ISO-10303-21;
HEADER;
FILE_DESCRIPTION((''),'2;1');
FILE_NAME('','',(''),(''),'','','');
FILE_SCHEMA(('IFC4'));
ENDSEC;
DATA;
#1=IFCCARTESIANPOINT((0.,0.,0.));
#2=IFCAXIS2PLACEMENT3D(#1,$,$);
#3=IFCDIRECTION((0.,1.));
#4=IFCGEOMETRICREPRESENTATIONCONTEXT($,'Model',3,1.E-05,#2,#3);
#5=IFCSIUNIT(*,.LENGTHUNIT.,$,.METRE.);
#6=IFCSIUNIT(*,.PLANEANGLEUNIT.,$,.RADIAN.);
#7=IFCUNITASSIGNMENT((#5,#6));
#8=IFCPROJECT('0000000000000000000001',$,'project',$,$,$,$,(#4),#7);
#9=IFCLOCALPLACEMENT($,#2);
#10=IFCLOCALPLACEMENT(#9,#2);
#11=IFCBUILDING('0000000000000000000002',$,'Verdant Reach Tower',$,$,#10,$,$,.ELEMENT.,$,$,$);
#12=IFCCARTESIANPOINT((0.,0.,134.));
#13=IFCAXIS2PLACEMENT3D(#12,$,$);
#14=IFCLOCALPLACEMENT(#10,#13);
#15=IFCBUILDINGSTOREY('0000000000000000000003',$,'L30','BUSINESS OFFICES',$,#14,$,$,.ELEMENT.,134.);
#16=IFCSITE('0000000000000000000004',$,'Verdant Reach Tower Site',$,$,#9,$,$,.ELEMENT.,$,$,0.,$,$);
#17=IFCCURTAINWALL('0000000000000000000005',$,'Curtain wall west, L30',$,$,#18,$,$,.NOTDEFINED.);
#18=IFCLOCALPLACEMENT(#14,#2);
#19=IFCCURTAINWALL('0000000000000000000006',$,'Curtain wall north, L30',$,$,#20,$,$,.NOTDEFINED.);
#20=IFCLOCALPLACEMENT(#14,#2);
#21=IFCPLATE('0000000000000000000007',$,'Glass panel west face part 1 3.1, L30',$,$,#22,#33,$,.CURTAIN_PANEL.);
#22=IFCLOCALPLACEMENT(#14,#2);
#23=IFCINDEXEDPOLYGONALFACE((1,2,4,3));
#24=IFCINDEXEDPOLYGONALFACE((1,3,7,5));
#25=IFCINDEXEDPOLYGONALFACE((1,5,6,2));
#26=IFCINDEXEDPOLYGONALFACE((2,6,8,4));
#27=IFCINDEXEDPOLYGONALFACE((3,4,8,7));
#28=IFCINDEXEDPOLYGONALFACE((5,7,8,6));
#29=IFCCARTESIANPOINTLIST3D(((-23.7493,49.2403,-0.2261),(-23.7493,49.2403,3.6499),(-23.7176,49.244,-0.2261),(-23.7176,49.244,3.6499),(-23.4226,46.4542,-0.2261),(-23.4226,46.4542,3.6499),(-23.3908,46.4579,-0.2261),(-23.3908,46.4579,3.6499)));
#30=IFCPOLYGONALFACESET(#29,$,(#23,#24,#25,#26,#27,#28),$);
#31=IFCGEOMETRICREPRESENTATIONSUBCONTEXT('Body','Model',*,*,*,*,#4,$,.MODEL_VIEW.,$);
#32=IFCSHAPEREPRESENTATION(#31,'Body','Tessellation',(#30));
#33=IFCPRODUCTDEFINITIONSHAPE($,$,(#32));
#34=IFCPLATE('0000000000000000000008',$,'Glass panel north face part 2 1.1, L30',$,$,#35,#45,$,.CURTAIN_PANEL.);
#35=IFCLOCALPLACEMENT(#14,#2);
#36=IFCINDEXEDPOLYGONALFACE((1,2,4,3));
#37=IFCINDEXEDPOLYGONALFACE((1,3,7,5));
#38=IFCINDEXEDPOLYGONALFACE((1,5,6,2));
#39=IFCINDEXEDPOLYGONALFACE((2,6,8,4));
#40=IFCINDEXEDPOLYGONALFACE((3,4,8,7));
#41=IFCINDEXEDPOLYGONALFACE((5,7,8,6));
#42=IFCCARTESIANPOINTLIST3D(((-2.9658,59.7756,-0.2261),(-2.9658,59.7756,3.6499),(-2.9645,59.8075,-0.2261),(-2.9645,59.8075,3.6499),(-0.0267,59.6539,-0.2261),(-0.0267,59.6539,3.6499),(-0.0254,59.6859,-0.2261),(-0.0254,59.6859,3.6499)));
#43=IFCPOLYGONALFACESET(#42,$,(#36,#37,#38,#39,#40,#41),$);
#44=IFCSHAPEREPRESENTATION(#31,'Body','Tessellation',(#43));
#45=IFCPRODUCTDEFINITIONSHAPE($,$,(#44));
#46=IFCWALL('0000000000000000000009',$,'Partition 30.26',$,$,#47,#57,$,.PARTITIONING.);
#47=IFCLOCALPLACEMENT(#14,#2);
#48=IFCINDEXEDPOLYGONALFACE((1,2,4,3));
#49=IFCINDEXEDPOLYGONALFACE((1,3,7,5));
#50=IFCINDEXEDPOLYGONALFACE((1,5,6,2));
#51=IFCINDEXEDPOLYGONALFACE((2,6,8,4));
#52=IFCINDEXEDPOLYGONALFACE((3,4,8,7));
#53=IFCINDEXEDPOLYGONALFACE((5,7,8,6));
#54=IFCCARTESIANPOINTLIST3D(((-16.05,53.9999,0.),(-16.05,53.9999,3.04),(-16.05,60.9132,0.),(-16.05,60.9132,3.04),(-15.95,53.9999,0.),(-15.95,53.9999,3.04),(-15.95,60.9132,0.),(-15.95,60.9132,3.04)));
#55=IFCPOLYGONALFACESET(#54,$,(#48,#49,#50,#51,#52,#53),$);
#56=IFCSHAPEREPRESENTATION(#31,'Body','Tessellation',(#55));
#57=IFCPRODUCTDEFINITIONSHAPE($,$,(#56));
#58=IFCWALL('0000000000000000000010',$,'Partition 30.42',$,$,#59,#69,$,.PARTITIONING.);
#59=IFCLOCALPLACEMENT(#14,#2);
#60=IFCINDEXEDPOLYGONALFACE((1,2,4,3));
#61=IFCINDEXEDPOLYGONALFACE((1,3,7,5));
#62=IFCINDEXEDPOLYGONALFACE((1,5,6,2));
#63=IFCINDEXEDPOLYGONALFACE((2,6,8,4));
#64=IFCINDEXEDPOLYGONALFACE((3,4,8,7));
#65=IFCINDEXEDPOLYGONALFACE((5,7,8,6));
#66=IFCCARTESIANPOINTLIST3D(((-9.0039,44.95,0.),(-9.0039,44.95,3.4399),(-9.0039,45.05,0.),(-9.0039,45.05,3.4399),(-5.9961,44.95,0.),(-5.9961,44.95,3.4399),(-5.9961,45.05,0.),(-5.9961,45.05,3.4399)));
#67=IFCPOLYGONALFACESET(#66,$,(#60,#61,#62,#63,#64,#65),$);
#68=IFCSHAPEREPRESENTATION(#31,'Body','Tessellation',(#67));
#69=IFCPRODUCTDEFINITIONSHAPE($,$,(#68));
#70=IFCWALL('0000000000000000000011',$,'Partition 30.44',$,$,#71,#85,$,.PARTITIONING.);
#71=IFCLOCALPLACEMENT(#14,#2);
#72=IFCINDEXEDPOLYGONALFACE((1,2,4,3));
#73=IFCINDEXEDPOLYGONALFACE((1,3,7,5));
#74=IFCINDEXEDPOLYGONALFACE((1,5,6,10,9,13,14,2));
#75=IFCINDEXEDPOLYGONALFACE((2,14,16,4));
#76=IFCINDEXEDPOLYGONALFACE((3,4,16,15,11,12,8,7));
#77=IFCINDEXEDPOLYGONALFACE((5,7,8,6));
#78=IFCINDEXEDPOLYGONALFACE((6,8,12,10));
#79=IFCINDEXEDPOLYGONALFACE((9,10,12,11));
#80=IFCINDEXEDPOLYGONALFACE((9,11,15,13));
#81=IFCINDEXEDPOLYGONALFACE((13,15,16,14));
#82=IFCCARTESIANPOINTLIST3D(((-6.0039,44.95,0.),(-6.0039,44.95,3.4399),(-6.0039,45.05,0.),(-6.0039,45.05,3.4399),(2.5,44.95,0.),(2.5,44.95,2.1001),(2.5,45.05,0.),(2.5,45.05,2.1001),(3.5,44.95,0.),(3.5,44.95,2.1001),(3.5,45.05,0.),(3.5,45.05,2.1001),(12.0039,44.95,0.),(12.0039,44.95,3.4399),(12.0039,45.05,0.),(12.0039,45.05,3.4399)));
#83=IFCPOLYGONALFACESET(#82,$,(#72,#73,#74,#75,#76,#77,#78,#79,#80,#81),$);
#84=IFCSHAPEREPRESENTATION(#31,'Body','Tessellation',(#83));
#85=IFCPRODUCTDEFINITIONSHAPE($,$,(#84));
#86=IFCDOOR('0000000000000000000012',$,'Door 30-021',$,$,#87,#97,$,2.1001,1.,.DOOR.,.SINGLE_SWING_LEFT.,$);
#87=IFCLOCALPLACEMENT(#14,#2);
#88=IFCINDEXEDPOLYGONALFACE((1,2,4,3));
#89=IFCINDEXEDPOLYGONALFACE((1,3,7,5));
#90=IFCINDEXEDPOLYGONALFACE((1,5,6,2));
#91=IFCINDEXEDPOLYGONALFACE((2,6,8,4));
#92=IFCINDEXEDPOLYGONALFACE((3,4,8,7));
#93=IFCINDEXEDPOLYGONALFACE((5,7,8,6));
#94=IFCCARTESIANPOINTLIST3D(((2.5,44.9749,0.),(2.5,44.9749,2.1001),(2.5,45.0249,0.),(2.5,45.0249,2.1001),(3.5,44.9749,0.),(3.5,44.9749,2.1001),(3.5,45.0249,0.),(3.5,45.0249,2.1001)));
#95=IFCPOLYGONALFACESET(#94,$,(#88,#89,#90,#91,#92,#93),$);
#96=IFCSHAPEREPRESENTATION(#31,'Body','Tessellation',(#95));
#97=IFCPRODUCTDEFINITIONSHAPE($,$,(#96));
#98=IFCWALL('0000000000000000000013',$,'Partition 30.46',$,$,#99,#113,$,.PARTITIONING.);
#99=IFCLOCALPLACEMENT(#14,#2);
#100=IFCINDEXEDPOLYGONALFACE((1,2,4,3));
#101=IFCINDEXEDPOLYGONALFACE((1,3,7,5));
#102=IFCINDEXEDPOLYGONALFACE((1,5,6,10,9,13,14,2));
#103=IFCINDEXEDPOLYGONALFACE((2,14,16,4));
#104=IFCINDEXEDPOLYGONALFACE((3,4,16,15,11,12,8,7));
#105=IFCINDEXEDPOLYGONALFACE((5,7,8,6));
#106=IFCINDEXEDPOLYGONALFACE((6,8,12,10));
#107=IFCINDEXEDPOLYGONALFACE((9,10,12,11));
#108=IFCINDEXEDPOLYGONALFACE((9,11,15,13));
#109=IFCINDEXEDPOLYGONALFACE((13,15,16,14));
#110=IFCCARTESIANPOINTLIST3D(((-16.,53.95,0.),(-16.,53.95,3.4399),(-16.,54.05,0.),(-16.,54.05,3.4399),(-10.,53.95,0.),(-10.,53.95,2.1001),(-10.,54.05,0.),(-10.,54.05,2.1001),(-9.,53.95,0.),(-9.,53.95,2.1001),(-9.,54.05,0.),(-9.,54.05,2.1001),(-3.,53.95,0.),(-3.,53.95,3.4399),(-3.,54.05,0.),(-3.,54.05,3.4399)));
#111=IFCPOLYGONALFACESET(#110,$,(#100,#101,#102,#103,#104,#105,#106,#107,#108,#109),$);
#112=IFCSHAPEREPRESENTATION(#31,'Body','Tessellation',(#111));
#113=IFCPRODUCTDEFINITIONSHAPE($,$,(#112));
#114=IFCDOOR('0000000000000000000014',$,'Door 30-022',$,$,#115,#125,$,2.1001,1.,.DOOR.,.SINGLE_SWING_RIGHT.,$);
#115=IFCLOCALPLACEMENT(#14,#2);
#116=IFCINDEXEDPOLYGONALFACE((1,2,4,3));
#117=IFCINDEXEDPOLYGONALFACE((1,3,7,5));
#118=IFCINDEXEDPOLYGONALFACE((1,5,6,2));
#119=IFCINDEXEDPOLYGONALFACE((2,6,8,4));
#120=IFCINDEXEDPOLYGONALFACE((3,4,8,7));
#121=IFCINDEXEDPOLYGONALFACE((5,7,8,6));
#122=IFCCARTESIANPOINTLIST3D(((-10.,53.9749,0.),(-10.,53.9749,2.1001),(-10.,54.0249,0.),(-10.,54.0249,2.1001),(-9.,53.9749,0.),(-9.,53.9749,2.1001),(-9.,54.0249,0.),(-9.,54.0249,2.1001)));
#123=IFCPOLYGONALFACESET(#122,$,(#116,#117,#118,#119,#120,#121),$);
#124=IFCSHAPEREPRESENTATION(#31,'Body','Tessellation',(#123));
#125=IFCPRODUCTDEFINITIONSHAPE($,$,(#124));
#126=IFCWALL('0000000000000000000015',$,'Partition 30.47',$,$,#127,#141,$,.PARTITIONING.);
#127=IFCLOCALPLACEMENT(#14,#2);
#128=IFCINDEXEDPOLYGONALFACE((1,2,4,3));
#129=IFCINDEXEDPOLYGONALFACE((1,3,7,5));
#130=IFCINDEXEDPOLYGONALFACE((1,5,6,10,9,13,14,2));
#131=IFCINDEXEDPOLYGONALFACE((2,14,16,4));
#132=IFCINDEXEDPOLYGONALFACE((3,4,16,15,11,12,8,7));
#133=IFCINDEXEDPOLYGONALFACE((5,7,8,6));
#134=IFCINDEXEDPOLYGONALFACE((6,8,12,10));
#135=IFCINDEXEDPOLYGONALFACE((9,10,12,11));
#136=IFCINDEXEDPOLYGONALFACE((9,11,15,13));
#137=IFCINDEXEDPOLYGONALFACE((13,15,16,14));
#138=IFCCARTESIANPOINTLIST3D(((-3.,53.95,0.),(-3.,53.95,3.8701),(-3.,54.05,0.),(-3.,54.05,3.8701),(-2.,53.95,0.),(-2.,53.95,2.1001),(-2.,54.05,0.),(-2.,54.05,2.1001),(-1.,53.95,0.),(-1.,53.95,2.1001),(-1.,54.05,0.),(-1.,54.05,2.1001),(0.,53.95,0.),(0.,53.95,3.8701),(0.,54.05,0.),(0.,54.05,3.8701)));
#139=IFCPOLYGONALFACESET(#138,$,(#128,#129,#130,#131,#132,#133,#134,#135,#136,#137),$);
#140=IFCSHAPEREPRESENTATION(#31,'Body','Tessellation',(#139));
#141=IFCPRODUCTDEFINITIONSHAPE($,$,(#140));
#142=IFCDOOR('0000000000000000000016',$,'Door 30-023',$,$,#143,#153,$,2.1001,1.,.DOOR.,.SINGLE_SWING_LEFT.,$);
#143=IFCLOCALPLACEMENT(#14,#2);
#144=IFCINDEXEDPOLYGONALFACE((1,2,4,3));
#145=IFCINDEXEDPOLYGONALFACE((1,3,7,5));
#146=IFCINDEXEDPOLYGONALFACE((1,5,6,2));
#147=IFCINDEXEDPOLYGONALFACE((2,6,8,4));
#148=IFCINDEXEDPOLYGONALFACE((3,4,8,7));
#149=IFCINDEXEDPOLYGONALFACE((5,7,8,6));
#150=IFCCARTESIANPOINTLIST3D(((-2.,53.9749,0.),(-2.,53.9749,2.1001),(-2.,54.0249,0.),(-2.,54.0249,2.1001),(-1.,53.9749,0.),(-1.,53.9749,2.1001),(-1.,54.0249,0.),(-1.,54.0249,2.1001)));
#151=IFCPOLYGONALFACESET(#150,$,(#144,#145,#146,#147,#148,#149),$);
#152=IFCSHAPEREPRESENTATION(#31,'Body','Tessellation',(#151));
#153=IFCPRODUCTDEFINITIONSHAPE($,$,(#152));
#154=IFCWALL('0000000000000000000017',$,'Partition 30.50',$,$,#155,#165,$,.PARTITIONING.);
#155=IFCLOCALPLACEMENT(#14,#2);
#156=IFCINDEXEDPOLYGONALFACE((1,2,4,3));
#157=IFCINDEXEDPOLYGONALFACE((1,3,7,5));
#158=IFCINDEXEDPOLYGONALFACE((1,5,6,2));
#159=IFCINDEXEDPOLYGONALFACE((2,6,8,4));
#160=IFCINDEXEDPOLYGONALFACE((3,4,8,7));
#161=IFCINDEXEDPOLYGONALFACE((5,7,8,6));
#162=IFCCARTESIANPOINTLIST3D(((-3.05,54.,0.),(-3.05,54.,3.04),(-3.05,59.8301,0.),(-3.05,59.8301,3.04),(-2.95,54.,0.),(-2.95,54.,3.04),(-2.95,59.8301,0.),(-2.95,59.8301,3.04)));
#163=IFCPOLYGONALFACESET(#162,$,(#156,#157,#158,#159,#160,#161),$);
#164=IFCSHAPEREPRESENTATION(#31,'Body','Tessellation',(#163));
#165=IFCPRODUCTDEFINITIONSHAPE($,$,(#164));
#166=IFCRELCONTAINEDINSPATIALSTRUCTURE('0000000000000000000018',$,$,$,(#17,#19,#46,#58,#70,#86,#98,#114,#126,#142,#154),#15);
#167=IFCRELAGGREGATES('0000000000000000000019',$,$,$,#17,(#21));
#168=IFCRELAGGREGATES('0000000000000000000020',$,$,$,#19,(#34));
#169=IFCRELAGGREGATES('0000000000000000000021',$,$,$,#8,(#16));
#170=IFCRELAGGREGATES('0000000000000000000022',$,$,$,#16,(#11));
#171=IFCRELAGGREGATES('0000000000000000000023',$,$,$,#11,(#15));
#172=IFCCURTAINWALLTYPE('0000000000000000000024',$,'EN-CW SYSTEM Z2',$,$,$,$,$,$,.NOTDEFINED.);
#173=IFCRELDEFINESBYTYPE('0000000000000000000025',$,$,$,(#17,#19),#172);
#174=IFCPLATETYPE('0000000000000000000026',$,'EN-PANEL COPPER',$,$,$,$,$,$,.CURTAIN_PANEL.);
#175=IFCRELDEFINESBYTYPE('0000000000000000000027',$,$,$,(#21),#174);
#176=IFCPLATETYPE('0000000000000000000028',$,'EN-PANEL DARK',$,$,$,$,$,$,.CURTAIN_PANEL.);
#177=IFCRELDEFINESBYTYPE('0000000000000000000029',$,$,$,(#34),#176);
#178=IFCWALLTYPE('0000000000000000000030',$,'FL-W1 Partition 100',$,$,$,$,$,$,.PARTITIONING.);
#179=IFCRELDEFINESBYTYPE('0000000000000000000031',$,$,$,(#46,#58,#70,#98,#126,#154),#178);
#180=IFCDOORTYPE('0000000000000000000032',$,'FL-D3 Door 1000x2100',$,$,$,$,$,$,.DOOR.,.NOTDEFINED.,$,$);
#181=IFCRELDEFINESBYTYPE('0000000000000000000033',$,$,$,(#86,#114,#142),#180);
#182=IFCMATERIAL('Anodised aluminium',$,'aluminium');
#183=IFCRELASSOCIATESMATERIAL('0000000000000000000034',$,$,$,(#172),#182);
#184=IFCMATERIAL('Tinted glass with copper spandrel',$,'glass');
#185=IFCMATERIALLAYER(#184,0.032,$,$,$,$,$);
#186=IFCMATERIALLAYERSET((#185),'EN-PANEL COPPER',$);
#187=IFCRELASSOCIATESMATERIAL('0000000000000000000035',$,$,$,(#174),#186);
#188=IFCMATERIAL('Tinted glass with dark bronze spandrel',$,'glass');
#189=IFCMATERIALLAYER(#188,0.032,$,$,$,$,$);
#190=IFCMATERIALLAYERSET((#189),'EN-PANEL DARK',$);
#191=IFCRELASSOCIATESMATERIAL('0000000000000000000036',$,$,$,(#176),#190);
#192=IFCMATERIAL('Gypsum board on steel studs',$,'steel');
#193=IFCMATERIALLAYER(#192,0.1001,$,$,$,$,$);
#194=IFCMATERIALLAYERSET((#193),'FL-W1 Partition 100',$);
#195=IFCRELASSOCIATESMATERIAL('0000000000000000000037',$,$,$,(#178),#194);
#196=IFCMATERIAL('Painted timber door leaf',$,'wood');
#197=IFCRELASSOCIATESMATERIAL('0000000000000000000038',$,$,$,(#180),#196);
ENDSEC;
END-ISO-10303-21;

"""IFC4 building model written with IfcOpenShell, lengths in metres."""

from ifc_helpers import new_model, si_unit, direction, frame, frame_2d, origin, origin_2d, place, context, subcontext, project, spatial, rectangle, extrude, material, layer, layer_set, type_object, element, fill, aggregate, save


model = new_model("IFC4")

# Units and contexts
model_context = context("Model", 3, precision=1e-05, world=origin(), true_north=direction((0.0, 1.0)))
body_context = subcontext(model_context, "Body", "Model", "MODEL_VIEW")
ifc_project = project(units=[si_unit("LENGTHUNIT", "METRE"), si_unit("PLANEANGLEUNIT", "RADIAN")], contexts=[model_context])

# Site, building, storey
site_placement = place(None, origin())
site = spatial("IfcSite", under=ifc_project, at=site_placement, Name="Verdant Reach Tower Site", CompositionType="ELEMENT", RefElevation=0.0)
building_placement = place(site_placement, origin())
building = spatial("IfcBuilding", under=site, at=building_placement, Name="Verdant Reach Tower", CompositionType="ELEMENT")
storey_placement = place(building_placement, frame((0.0, 0.0, 134.0)))
storey = spatial("IfcBuildingStorey", under=building, at=storey_placement, Name="L30", Description="BUSINESS OFFICES", CompositionType="ELEMENT", Elevation=134.0)

# Curtain wall
ifc_material_1 = material(Name="Anodised aluminium", Category="aluminium")
curtain_wall_type = type_object("IfcCurtainWallType", Name="EN-CW SYSTEM Z2", PredefinedType="NOTDEFINED", material=ifc_material_1)
curtain_wall_1_placement = place(storey_placement, origin())
curtain_wall_1 = element("IfcCurtainWall", 1, at=curtain_wall_1_placement, inside=storey, type_object=curtain_wall_type, Name="Curtain wall west, L30", PredefinedType="NOTDEFINED")

# Curtain wall
curtain_wall_2_placement = place(storey_placement, origin())
curtain_wall_2 = element("IfcCurtainWall", 2, at=curtain_wall_2_placement, inside=storey, type_object=curtain_wall_type, Name="Curtain wall north, L30", PredefinedType="NOTDEFINED")

# Plates
ifc_material_2 = material(Name="Tinted glass with copper spandrel", Category="glass")
ifc_layer_1 = layer(ifc_material_2, 0.032)
ifc_layer_set_1 = layer_set([ifc_layer_1], Name="EN-PANEL COPPER")
plate_type_1 = type_object("IfcPlateType", Name="EN-PANEL COPPER", PredefinedType="CURTAIN_PANEL", material=ifc_layer_set_1)
plate_1_placement = place(storey_placement, frame((-23.5701, 47.8491, -0.2261), z_axis=(0.0, 0.0, 1.0), x_axis=(0.116483, -0.993193, 0.0)))
plate_1 = element("IfcPlate", 3, at=plate_1_placement, type_object=plate_type_1, Name="Glass panel west face part 1 3.1, L30", PredefinedType="CURTAIN_PANEL", context=body_context, shape_type="SweptSolid", body=[
    extrude(rectangle(XDim=2.8052, YDim=0.032, at=origin_2d()), origin(), (0.0, 0.0, 1.0), 3.876),
])
aggregate(curtain_wall_1, [plate_1])
ifc_material_3 = material(Name="Tinted glass with dark bronze spandrel", Category="glass")
ifc_layer_2 = layer(ifc_material_3, 0.032)
ifc_layer_set_2 = layer_set([ifc_layer_2], Name="EN-PANEL DARK")
plate_type_2 = type_object("IfcPlateType", Name="EN-PANEL DARK", PredefinedType="CURTAIN_PANEL", material=ifc_layer_set_2)
plate_2_placement = place(storey_placement, frame((-1.4956, 59.7307, -0.2261), z_axis=(0.0, 0.0, 1.0), x_axis=(-0.999144, 0.041364, 0.0)))
plate_2 = element("IfcPlate", 4, at=plate_2_placement, type_object=plate_type_2, Name="Glass panel north face part 2 1.1, L30", PredefinedType="CURTAIN_PANEL", context=body_context, shape_type="SweptSolid", body=[
    extrude(rectangle(XDim=2.9417, YDim=0.032, at=origin_2d()), origin(), (0.0, 0.0, 1.0), 3.876),
])
aggregate(curtain_wall_2, [plate_2])

# Walls
ifc_material_4 = material(Name="Gypsum board on steel studs", Category="steel")
ifc_layer_3 = layer(ifc_material_4, 0.1001)
ifc_layer_set_3 = layer_set([ifc_layer_3], Name="FL-W1 Partition 100")
wall_type = type_object("IfcWallType", Name="FL-W1 Partition 100", PredefinedType="PARTITIONING", material=ifc_layer_set_3)
wall_1_placement = place(storey_placement, frame((-16.0, 54.0, 0.0), z_axis=(0.0, 0.0, 1.0), x_axis=(0.0, 1.0, 0.0)))
element("IfcWall", 5, at=wall_1_placement, inside=storey, type_object=wall_type, Name="Partition 30.26", PredefinedType="PARTITIONING", context=body_context, shape_type="SweptSolid", body=[
    extrude(rectangle(XDim=6.9133, YDim=0.1001, at=frame_2d((3.4565, 0.0))), origin(), (0.0, 0.0, 1.0), 3.04),
])
wall_2_placement = place(storey_placement, frame((-5.9961, 45.0, 0.0), z_axis=(0.0, 0.0, 1.0), x_axis=(-1.0, 0.0, 0.0)))
element("IfcWall", 6, at=wall_2_placement, inside=storey, type_object=wall_type, Name="Partition 30.42", PredefinedType="PARTITIONING", context=body_context, shape_type="SweptSolid", body=[
    extrude(rectangle(XDim=3.0078, YDim=0.1001, at=frame_2d((1.5039, 0.0))), origin(), (0.0, 0.0, 1.0), 3.4399),
])

# Walls, openings, doors
wall_3_placement = place(storey_placement, frame((-6.0039, 45.0, 0.0), z_axis=(0.0, 0.0, 1.0), x_axis=(1.0, 0.0, 0.0)))
wall_3 = element("IfcWall", 7, at=wall_3_placement, inside=storey, type_object=wall_type, Name="Partition 30.44", PredefinedType="PARTITIONING", context=body_context, shape_type="SweptSolid", body=[
    extrude(rectangle(XDim=18.0078, YDim=0.1001, at=frame_2d((9.0039, 0.0))), origin(), (0.0, 0.0, 1.0), 3.4399),
])
opening_1_placement = place(wall_3_placement, frame((8.5039, 0.0, 0.0)))
opening_1 = element("IfcOpeningElement", 8, at=opening_1_placement, cuts=wall_3, PredefinedType="OPENING", context=body_context, shape_type="SweptSolid", body=[
    extrude(rectangle(XDim=1.0, YDim=2.1001, at=frame_2d((0.5, 1.05))), frame((0.0, 0.0601, 0.0), z_axis=(0.0, -1.0, 0.0), x_axis=(1.0, 0.0, 0.0)), (0.0, 0.0, 1.0), 0.1201),
])
ifc_material_5 = material(Name="Painted timber door leaf", Category="wood")
door_type = type_object("IfcDoorType", Name="FL-D3 Door 1000x2100", OperationType="NOTDEFINED", PredefinedType="DOOR", material=ifc_material_5)
door_1_placement = place(opening_1_placement, origin())
door_1 = element("IfcDoor", 9, at=door_1_placement, inside=storey, type_object=door_type, Name="Door 30-021", OperationType="SINGLE_SWING_LEFT", OverallHeight=2.1001, OverallWidth=1.0, PredefinedType="DOOR", context=body_context, shape_type="SweptSolid", body=[
    extrude(rectangle(XDim=1.0, YDim=2.1001, at=frame_2d((0.5, 1.05))), frame((0.0, 0.0249, 0.0), z_axis=(0.0, -1.0, 0.0), x_axis=(1.0, 0.0, 0.0)), (0.0, 0.0, 1.0), 0.05),
])
fill(opening_1, door_1)
wall_4_placement = place(storey_placement, frame((-16.0, 54.0, 0.0), z_axis=(0.0, 0.0, 1.0), x_axis=(1.0, 0.0, 0.0)))
wall_4 = element("IfcWall", 10, at=wall_4_placement, inside=storey, type_object=wall_type, Name="Partition 30.46", PredefinedType="PARTITIONING", context=body_context, shape_type="SweptSolid", body=[
    extrude(rectangle(XDim=13.0, YDim=0.1001, at=frame_2d((6.5, 0.0))), origin(), (0.0, 0.0, 1.0), 3.4399),
])
opening_2_placement = place(wall_4_placement, frame((6.0, 0.0, 0.0)))
opening_2 = element("IfcOpeningElement", 11, at=opening_2_placement, cuts=wall_4, PredefinedType="OPENING", context=body_context, shape_type="SweptSolid", body=[
    extrude(rectangle(XDim=1.0, YDim=2.1001, at=frame_2d((0.5, 1.05))), frame((0.0, 0.0601, 0.0), z_axis=(0.0, -1.0, 0.0), x_axis=(1.0, 0.0, 0.0)), (0.0, 0.0, 1.0), 0.1201),
])
door_2_placement = place(opening_2_placement, origin())
door_2 = element("IfcDoor", 12, at=door_2_placement, inside=storey, type_object=door_type, Name="Door 30-022", OperationType="SINGLE_SWING_RIGHT", OverallHeight=2.1001, OverallWidth=1.0, PredefinedType="DOOR", context=body_context, shape_type="SweptSolid", body=[
    extrude(rectangle(XDim=1.0, YDim=2.1001, at=frame_2d((0.5, 1.05))), frame((0.0, 0.0249, 0.0), z_axis=(0.0, -1.0, 0.0), x_axis=(1.0, 0.0, 0.0)), (0.0, 0.0, 1.0), 0.05),
])
fill(opening_2, door_2)
wall_5_placement = place(storey_placement, frame((-3.0, 54.0, 0.0), z_axis=(0.0, 0.0, 1.0), x_axis=(1.0, 0.0, 0.0)))
wall_5 = element("IfcWall", 13, at=wall_5_placement, inside=storey, type_object=wall_type, Name="Partition 30.47", PredefinedType="PARTITIONING", context=body_context, shape_type="SweptSolid", body=[
    extrude(rectangle(XDim=3.0, YDim=0.1001, at=frame_2d((1.5, 0.0))), origin(), (0.0, 0.0, 1.0), 3.8701),
])
opening_3_placement = place(wall_5_placement, frame((1.0, 0.0, 0.0)))
opening_3 = element("IfcOpeningElement", 14, at=opening_3_placement, cuts=wall_5, PredefinedType="OPENING", context=body_context, shape_type="SweptSolid", body=[
    extrude(rectangle(XDim=1.0, YDim=2.1001, at=frame_2d((0.5, 1.05))), frame((0.0, 0.0601, 0.0), z_axis=(0.0, -1.0, 0.0), x_axis=(1.0, 0.0, 0.0)), (0.0, 0.0, 1.0), 0.1201),
])
door_3_placement = place(opening_3_placement, origin())
door_3 = element("IfcDoor", 15, at=door_3_placement, inside=storey, type_object=door_type, Name="Door 30-023", OperationType="SINGLE_SWING_LEFT", OverallHeight=2.1001, OverallWidth=1.0, PredefinedType="DOOR", context=body_context, shape_type="SweptSolid", body=[
    extrude(rectangle(XDim=1.0, YDim=2.1001, at=frame_2d((0.5, 1.05))), frame((0.0, 0.0249, 0.0), z_axis=(0.0, -1.0, 0.0), x_axis=(1.0, 0.0, 0.0)), (0.0, 0.0, 1.0), 0.05),
])
fill(opening_3, door_3)

# Wall
wall_6_placement = place(storey_placement, frame((-3.0, 54.0, 0.0), z_axis=(0.0, 0.0, 1.0), x_axis=(0.0, 1.0, 0.0)))
element("IfcWall", 16, at=wall_6_placement, inside=storey, type_object=wall_type, Name="Partition 30.50", PredefinedType="PARTITIONING", context=body_context, shape_type="SweptSolid", body=[
    extrude(rectangle(XDim=5.8301, YDim=0.1001, at=frame_2d((2.915, 0.0))), origin(), (0.0, 0.0, 1.0), 3.04),
])

save(model, "model.ifc")
